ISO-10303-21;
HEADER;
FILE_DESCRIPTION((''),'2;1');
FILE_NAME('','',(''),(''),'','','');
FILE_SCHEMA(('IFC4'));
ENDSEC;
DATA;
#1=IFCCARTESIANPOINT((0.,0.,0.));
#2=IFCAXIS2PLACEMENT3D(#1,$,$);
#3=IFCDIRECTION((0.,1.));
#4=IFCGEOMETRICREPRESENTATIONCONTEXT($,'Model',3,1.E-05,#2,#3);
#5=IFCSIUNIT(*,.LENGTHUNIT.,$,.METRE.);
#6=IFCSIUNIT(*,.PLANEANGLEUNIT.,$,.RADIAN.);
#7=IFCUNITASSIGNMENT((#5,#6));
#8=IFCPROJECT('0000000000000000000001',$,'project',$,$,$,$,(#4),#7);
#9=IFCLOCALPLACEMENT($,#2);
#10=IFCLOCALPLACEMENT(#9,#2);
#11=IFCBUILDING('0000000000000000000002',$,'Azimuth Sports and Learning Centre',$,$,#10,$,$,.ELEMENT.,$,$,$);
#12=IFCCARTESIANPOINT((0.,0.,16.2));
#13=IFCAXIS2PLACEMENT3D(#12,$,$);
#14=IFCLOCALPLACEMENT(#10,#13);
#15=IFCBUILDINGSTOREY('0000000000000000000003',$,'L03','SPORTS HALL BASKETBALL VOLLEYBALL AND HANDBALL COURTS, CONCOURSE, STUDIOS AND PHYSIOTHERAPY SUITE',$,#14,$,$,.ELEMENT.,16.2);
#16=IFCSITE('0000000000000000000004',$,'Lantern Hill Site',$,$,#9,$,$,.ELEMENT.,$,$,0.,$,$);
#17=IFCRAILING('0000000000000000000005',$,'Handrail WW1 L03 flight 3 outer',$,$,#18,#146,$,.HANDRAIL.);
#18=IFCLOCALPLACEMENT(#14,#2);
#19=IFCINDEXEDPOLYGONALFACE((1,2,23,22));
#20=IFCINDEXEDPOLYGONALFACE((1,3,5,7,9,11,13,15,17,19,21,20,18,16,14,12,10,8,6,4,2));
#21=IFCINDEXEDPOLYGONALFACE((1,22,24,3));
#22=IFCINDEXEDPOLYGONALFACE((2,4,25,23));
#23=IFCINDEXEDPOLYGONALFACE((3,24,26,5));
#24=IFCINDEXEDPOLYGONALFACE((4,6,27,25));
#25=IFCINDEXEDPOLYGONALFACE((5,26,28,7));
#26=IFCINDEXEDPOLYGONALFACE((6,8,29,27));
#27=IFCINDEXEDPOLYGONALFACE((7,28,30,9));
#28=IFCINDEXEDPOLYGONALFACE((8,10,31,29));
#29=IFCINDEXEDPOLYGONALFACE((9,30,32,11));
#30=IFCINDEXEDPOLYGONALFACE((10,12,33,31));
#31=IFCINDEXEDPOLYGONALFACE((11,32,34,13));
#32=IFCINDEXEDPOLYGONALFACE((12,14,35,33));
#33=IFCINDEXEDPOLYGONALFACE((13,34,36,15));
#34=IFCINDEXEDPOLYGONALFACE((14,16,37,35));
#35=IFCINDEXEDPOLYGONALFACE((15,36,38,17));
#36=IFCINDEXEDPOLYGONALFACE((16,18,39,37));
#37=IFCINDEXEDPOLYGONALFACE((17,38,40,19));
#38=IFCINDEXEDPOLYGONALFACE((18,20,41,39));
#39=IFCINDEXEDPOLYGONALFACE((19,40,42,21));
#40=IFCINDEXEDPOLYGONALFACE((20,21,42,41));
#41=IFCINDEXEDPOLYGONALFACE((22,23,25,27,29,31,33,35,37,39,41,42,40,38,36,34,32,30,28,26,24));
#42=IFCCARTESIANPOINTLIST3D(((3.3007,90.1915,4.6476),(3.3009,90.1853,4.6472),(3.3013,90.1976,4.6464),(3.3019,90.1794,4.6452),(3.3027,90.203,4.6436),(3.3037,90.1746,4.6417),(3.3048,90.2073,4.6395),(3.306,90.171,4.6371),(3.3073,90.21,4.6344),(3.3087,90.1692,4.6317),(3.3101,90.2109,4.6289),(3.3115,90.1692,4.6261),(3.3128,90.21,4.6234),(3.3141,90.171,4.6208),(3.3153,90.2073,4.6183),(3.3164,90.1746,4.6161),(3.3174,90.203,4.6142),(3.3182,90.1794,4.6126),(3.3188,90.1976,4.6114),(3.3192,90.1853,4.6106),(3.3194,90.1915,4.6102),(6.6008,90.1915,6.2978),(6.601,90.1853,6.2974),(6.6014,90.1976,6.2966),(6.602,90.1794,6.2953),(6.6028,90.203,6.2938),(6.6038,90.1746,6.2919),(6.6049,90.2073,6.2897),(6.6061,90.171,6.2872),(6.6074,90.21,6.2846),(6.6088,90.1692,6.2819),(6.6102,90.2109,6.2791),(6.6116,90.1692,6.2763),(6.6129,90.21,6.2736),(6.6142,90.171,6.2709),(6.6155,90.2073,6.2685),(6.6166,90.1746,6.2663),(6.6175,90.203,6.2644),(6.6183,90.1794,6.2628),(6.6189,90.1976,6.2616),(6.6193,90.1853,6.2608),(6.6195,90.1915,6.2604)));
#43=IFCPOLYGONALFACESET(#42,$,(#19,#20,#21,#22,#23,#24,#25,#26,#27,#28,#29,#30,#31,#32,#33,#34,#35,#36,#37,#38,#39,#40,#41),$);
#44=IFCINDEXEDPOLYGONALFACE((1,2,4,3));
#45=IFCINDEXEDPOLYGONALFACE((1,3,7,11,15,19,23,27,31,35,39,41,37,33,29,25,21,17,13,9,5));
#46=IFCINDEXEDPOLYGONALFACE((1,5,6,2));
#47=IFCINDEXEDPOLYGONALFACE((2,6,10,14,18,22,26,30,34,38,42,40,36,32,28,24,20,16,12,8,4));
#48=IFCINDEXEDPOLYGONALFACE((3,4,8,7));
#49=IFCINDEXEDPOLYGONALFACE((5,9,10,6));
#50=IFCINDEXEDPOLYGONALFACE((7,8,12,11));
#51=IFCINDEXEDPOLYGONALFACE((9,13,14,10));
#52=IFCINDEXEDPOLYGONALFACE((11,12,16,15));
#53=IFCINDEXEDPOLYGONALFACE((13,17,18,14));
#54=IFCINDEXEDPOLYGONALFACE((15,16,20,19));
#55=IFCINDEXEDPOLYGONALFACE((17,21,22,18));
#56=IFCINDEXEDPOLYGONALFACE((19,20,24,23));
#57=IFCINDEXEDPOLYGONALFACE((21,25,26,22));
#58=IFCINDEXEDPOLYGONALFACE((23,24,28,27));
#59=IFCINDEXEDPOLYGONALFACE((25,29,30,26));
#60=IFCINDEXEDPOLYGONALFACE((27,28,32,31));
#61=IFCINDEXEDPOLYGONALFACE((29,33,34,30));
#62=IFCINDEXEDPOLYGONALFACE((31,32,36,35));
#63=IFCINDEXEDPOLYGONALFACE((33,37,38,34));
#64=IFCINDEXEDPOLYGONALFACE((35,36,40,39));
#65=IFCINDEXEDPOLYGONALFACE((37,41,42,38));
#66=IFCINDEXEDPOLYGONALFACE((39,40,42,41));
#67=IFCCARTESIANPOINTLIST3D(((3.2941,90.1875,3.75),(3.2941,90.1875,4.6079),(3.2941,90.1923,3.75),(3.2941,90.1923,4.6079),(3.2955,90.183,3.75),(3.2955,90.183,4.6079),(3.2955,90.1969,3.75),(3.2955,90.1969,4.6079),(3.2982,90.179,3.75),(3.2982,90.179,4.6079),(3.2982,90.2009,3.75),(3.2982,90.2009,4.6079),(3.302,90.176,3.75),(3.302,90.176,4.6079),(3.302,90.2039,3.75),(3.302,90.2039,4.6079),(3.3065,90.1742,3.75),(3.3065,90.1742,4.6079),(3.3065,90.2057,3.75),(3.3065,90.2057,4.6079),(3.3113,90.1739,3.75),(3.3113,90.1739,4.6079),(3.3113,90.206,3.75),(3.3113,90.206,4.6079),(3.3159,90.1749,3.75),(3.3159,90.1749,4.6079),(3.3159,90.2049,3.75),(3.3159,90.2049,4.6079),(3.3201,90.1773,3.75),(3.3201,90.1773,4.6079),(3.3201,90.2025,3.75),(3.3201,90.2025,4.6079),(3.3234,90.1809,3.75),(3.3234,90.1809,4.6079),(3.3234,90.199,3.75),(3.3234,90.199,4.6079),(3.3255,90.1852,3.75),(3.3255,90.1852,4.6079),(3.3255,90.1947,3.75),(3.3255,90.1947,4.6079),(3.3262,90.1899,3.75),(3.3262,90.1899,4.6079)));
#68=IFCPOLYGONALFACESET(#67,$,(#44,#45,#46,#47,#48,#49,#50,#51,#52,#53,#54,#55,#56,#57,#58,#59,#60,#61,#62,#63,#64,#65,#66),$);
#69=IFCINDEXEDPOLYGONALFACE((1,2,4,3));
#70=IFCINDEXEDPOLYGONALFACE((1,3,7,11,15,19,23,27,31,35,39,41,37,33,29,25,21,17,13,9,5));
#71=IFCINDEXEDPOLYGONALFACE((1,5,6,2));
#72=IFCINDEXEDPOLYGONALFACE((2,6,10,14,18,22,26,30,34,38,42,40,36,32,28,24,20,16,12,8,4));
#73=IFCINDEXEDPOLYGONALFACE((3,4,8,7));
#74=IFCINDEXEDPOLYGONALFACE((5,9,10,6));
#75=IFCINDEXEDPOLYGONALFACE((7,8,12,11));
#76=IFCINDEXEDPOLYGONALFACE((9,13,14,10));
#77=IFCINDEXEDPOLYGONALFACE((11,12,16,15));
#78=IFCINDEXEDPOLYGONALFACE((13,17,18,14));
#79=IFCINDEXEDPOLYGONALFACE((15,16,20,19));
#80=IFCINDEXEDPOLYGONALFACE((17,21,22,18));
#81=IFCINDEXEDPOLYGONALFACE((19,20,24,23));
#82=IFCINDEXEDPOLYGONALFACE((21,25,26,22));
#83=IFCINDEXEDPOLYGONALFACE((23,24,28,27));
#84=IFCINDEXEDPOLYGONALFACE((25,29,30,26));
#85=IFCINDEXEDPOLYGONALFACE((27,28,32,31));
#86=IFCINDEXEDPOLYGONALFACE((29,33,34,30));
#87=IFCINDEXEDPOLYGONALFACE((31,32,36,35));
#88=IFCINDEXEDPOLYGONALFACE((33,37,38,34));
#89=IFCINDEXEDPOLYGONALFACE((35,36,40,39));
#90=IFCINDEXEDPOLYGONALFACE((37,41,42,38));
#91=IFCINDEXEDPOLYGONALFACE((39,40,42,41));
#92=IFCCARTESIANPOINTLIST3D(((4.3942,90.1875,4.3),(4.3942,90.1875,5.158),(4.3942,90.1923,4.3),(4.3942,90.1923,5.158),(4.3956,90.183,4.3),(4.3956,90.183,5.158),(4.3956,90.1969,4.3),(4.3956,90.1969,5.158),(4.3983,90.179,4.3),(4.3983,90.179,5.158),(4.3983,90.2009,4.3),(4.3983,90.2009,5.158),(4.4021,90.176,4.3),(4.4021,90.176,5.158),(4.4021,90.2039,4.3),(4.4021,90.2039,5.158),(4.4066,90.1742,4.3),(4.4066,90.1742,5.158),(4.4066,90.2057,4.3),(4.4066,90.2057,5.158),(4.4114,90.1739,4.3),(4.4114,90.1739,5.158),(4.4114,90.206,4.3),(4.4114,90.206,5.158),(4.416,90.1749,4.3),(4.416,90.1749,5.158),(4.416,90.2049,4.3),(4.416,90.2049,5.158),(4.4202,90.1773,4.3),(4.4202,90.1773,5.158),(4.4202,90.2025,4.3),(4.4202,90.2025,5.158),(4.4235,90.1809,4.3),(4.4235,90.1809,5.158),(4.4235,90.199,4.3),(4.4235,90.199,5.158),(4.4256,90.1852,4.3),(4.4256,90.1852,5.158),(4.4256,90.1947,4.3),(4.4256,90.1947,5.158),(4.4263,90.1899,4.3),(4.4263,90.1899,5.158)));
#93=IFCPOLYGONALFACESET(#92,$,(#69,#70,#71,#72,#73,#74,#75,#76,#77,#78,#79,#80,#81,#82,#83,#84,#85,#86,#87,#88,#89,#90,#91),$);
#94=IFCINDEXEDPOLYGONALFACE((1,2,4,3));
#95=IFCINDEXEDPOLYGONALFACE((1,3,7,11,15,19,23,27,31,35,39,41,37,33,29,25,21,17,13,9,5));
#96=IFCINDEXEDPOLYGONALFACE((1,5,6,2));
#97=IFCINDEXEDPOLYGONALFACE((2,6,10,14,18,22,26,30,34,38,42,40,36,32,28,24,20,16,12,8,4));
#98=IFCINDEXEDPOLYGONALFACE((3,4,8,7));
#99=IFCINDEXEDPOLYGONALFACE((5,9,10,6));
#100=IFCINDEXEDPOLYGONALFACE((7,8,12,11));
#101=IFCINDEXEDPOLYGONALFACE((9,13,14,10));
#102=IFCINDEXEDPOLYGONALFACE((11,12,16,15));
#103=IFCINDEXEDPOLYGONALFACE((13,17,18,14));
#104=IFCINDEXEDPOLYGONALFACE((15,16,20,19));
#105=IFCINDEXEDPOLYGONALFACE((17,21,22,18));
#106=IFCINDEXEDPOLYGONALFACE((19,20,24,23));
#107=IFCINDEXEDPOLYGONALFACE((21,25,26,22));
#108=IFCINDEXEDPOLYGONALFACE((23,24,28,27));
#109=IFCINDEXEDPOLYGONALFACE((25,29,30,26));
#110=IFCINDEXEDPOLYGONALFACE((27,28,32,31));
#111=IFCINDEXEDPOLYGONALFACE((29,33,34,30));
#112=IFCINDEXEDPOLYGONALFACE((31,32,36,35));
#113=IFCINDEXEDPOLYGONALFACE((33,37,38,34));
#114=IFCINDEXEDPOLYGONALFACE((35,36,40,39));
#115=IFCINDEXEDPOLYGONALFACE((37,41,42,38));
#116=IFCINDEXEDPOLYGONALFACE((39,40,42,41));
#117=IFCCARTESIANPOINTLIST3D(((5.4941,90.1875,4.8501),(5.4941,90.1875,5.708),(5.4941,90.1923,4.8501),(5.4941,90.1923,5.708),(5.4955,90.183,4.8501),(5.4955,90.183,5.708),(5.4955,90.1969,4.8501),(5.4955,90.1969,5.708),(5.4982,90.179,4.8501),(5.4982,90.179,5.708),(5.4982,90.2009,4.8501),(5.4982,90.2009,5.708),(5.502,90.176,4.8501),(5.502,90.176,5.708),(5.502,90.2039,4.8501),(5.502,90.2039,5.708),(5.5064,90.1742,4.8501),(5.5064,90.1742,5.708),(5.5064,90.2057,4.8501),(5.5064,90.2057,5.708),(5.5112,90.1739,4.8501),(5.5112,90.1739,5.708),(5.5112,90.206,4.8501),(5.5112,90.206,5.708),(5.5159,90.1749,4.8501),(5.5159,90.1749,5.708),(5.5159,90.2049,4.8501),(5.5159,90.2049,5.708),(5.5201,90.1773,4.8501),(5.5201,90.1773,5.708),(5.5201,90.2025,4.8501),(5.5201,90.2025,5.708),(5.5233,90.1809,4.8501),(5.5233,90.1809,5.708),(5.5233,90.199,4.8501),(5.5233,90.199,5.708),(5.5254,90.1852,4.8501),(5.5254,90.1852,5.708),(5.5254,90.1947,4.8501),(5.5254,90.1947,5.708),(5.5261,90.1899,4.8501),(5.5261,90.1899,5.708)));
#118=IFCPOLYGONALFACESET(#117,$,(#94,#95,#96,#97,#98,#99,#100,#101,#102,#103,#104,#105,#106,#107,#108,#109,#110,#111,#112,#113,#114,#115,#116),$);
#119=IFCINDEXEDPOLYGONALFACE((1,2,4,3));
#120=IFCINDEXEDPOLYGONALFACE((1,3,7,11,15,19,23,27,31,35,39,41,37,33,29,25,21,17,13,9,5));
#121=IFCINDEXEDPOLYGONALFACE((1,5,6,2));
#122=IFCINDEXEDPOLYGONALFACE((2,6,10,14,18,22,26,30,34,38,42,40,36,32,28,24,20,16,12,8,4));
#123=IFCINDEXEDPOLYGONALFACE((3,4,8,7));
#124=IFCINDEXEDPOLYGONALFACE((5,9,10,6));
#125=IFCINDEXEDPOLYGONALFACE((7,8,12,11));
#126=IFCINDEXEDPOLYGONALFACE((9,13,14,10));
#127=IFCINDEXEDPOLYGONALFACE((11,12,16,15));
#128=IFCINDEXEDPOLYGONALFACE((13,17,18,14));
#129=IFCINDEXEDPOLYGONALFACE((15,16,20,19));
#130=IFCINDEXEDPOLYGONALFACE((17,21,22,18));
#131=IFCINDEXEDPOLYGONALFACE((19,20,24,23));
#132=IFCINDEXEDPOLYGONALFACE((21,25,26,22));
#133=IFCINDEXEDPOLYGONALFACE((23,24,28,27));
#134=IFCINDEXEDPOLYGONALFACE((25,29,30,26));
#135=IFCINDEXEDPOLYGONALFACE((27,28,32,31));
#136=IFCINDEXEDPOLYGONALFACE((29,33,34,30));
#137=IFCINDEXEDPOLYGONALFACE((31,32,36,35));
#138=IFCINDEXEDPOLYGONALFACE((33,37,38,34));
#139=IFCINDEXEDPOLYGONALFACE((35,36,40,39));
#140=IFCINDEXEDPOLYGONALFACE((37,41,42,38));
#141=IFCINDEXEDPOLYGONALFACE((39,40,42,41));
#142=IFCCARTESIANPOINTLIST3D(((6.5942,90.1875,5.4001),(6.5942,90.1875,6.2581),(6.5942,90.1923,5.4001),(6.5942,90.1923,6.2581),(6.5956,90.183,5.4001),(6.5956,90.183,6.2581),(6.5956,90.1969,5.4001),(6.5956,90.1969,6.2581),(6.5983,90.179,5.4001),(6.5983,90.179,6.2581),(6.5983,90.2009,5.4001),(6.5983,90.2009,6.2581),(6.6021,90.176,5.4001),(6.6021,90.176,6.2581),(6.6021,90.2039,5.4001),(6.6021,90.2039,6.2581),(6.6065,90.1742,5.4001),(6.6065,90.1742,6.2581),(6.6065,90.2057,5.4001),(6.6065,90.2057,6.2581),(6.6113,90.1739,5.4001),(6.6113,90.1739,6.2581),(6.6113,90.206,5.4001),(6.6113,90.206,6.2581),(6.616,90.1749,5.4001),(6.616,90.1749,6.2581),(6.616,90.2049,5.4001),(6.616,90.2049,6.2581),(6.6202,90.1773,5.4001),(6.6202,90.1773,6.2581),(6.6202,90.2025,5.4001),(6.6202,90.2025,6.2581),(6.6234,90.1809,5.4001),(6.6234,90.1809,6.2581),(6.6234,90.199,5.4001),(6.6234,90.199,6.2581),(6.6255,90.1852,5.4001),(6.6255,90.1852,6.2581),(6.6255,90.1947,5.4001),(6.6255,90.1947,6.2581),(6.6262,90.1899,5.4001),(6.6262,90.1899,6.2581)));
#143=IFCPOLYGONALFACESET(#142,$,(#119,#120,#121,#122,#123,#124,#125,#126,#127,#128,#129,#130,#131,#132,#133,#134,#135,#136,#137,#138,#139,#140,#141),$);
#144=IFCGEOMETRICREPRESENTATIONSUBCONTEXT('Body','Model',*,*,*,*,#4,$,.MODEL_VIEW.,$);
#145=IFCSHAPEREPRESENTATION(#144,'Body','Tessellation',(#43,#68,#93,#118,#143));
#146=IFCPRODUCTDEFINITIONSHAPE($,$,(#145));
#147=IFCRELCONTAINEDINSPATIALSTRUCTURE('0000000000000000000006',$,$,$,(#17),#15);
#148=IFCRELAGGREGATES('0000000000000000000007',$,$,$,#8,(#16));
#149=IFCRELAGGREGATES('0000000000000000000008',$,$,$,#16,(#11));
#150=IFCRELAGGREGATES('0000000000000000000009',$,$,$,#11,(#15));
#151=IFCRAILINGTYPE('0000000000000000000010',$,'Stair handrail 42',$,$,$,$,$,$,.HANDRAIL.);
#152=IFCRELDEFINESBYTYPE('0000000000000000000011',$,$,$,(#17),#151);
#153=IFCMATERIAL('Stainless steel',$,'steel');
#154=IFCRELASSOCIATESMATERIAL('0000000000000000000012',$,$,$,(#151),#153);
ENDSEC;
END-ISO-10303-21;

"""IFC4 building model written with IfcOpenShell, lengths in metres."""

from ifc_helpers import new_model, si_unit, direction, frame, origin, origin_2d, place, context, subcontext, project, spatial, circle, extrude, material, type_object, element, save


model = new_model("IFC4")

# Units and contexts
model_context = context("Model", 3, precision=1e-05, world=origin(), true_north=direction((0.0, 1.0)))
body_context = subcontext(model_context, "Body", "Model", "MODEL_VIEW")
ifc_project = project(units=[si_unit("LENGTHUNIT", "METRE"), si_unit("PLANEANGLEUNIT", "RADIAN")], contexts=[model_context])

# Site, building, storey
site_placement = place(None, origin())
site = spatial("IfcSite", under=ifc_project, at=site_placement, Name="Lantern Hill Site", CompositionType="ELEMENT", RefElevation=0.0)
building_placement = place(site_placement, origin())
building = spatial("IfcBuilding", under=site, at=building_placement, Name="Azimuth Sports and Learning Centre", CompositionType="ELEMENT")
storey_placement = place(building_placement, frame((0.0, 0.0, 16.2)))
storey = spatial("IfcBuildingStorey", under=building, at=storey_placement, Name="L03", Description="SPORTS HALL BASKETBALL VOLLEYBALL AND HANDBALL COURTS, CONCOURSE, STUDIOS AND PHYSIOTHERAPY SUITE", CompositionType="ELEMENT", Elevation=16.2)

# Railing
ifc_material_1 = material(Name="Stainless steel", Category="steel")
railing_type_1 = type_object("IfcRailingType", Name="Stair handrail 42", PredefinedType="HANDRAIL", material=ifc_material_1)
for number, where, name in (
    (1, (3.3101, 90.1899, 3.75), "Handrail WW1 L03 flight 3 outer"),
):
    element("IfcRailing", number, at=place(storey_placement, frame(where)), inside=storey, type_object=railing_type_1, Name=name, PredefinedType="HANDRAIL", context=body_context, shape_type="SweptSolid", body=[
        extrude(circle(Radius=0.021, at=origin_2d()), frame((0.0, 0.0, 0.8789), z_axis=(0.894414, 0.0, 0.44724), x_axis=(0.0, 1.0, 0.0)), (0.0, 0.0, 1.0), 3.6897),
        extrude(circle(Radius=0.0161, at=origin_2d()), origin(), (0.0, 0.0, 1.0), 0.8579),
        extrude(circle(Radius=0.0161, at=origin_2d()), frame((1.1001, 0.0, 0.55)), (0.0, 0.0, 1.0), 0.8579),
        extrude(circle(Radius=0.0161, at=origin_2d()), frame((2.2, 0.0, 1.1001)), (0.0, 0.0, 1.0), 0.8579),
        extrude(circle(Radius=0.0161, at=origin_2d()), frame((3.3, 0.0, 1.6501)), (0.0, 0.0, 1.0), 0.8579),
    ])

save(model, "model.ifc")
